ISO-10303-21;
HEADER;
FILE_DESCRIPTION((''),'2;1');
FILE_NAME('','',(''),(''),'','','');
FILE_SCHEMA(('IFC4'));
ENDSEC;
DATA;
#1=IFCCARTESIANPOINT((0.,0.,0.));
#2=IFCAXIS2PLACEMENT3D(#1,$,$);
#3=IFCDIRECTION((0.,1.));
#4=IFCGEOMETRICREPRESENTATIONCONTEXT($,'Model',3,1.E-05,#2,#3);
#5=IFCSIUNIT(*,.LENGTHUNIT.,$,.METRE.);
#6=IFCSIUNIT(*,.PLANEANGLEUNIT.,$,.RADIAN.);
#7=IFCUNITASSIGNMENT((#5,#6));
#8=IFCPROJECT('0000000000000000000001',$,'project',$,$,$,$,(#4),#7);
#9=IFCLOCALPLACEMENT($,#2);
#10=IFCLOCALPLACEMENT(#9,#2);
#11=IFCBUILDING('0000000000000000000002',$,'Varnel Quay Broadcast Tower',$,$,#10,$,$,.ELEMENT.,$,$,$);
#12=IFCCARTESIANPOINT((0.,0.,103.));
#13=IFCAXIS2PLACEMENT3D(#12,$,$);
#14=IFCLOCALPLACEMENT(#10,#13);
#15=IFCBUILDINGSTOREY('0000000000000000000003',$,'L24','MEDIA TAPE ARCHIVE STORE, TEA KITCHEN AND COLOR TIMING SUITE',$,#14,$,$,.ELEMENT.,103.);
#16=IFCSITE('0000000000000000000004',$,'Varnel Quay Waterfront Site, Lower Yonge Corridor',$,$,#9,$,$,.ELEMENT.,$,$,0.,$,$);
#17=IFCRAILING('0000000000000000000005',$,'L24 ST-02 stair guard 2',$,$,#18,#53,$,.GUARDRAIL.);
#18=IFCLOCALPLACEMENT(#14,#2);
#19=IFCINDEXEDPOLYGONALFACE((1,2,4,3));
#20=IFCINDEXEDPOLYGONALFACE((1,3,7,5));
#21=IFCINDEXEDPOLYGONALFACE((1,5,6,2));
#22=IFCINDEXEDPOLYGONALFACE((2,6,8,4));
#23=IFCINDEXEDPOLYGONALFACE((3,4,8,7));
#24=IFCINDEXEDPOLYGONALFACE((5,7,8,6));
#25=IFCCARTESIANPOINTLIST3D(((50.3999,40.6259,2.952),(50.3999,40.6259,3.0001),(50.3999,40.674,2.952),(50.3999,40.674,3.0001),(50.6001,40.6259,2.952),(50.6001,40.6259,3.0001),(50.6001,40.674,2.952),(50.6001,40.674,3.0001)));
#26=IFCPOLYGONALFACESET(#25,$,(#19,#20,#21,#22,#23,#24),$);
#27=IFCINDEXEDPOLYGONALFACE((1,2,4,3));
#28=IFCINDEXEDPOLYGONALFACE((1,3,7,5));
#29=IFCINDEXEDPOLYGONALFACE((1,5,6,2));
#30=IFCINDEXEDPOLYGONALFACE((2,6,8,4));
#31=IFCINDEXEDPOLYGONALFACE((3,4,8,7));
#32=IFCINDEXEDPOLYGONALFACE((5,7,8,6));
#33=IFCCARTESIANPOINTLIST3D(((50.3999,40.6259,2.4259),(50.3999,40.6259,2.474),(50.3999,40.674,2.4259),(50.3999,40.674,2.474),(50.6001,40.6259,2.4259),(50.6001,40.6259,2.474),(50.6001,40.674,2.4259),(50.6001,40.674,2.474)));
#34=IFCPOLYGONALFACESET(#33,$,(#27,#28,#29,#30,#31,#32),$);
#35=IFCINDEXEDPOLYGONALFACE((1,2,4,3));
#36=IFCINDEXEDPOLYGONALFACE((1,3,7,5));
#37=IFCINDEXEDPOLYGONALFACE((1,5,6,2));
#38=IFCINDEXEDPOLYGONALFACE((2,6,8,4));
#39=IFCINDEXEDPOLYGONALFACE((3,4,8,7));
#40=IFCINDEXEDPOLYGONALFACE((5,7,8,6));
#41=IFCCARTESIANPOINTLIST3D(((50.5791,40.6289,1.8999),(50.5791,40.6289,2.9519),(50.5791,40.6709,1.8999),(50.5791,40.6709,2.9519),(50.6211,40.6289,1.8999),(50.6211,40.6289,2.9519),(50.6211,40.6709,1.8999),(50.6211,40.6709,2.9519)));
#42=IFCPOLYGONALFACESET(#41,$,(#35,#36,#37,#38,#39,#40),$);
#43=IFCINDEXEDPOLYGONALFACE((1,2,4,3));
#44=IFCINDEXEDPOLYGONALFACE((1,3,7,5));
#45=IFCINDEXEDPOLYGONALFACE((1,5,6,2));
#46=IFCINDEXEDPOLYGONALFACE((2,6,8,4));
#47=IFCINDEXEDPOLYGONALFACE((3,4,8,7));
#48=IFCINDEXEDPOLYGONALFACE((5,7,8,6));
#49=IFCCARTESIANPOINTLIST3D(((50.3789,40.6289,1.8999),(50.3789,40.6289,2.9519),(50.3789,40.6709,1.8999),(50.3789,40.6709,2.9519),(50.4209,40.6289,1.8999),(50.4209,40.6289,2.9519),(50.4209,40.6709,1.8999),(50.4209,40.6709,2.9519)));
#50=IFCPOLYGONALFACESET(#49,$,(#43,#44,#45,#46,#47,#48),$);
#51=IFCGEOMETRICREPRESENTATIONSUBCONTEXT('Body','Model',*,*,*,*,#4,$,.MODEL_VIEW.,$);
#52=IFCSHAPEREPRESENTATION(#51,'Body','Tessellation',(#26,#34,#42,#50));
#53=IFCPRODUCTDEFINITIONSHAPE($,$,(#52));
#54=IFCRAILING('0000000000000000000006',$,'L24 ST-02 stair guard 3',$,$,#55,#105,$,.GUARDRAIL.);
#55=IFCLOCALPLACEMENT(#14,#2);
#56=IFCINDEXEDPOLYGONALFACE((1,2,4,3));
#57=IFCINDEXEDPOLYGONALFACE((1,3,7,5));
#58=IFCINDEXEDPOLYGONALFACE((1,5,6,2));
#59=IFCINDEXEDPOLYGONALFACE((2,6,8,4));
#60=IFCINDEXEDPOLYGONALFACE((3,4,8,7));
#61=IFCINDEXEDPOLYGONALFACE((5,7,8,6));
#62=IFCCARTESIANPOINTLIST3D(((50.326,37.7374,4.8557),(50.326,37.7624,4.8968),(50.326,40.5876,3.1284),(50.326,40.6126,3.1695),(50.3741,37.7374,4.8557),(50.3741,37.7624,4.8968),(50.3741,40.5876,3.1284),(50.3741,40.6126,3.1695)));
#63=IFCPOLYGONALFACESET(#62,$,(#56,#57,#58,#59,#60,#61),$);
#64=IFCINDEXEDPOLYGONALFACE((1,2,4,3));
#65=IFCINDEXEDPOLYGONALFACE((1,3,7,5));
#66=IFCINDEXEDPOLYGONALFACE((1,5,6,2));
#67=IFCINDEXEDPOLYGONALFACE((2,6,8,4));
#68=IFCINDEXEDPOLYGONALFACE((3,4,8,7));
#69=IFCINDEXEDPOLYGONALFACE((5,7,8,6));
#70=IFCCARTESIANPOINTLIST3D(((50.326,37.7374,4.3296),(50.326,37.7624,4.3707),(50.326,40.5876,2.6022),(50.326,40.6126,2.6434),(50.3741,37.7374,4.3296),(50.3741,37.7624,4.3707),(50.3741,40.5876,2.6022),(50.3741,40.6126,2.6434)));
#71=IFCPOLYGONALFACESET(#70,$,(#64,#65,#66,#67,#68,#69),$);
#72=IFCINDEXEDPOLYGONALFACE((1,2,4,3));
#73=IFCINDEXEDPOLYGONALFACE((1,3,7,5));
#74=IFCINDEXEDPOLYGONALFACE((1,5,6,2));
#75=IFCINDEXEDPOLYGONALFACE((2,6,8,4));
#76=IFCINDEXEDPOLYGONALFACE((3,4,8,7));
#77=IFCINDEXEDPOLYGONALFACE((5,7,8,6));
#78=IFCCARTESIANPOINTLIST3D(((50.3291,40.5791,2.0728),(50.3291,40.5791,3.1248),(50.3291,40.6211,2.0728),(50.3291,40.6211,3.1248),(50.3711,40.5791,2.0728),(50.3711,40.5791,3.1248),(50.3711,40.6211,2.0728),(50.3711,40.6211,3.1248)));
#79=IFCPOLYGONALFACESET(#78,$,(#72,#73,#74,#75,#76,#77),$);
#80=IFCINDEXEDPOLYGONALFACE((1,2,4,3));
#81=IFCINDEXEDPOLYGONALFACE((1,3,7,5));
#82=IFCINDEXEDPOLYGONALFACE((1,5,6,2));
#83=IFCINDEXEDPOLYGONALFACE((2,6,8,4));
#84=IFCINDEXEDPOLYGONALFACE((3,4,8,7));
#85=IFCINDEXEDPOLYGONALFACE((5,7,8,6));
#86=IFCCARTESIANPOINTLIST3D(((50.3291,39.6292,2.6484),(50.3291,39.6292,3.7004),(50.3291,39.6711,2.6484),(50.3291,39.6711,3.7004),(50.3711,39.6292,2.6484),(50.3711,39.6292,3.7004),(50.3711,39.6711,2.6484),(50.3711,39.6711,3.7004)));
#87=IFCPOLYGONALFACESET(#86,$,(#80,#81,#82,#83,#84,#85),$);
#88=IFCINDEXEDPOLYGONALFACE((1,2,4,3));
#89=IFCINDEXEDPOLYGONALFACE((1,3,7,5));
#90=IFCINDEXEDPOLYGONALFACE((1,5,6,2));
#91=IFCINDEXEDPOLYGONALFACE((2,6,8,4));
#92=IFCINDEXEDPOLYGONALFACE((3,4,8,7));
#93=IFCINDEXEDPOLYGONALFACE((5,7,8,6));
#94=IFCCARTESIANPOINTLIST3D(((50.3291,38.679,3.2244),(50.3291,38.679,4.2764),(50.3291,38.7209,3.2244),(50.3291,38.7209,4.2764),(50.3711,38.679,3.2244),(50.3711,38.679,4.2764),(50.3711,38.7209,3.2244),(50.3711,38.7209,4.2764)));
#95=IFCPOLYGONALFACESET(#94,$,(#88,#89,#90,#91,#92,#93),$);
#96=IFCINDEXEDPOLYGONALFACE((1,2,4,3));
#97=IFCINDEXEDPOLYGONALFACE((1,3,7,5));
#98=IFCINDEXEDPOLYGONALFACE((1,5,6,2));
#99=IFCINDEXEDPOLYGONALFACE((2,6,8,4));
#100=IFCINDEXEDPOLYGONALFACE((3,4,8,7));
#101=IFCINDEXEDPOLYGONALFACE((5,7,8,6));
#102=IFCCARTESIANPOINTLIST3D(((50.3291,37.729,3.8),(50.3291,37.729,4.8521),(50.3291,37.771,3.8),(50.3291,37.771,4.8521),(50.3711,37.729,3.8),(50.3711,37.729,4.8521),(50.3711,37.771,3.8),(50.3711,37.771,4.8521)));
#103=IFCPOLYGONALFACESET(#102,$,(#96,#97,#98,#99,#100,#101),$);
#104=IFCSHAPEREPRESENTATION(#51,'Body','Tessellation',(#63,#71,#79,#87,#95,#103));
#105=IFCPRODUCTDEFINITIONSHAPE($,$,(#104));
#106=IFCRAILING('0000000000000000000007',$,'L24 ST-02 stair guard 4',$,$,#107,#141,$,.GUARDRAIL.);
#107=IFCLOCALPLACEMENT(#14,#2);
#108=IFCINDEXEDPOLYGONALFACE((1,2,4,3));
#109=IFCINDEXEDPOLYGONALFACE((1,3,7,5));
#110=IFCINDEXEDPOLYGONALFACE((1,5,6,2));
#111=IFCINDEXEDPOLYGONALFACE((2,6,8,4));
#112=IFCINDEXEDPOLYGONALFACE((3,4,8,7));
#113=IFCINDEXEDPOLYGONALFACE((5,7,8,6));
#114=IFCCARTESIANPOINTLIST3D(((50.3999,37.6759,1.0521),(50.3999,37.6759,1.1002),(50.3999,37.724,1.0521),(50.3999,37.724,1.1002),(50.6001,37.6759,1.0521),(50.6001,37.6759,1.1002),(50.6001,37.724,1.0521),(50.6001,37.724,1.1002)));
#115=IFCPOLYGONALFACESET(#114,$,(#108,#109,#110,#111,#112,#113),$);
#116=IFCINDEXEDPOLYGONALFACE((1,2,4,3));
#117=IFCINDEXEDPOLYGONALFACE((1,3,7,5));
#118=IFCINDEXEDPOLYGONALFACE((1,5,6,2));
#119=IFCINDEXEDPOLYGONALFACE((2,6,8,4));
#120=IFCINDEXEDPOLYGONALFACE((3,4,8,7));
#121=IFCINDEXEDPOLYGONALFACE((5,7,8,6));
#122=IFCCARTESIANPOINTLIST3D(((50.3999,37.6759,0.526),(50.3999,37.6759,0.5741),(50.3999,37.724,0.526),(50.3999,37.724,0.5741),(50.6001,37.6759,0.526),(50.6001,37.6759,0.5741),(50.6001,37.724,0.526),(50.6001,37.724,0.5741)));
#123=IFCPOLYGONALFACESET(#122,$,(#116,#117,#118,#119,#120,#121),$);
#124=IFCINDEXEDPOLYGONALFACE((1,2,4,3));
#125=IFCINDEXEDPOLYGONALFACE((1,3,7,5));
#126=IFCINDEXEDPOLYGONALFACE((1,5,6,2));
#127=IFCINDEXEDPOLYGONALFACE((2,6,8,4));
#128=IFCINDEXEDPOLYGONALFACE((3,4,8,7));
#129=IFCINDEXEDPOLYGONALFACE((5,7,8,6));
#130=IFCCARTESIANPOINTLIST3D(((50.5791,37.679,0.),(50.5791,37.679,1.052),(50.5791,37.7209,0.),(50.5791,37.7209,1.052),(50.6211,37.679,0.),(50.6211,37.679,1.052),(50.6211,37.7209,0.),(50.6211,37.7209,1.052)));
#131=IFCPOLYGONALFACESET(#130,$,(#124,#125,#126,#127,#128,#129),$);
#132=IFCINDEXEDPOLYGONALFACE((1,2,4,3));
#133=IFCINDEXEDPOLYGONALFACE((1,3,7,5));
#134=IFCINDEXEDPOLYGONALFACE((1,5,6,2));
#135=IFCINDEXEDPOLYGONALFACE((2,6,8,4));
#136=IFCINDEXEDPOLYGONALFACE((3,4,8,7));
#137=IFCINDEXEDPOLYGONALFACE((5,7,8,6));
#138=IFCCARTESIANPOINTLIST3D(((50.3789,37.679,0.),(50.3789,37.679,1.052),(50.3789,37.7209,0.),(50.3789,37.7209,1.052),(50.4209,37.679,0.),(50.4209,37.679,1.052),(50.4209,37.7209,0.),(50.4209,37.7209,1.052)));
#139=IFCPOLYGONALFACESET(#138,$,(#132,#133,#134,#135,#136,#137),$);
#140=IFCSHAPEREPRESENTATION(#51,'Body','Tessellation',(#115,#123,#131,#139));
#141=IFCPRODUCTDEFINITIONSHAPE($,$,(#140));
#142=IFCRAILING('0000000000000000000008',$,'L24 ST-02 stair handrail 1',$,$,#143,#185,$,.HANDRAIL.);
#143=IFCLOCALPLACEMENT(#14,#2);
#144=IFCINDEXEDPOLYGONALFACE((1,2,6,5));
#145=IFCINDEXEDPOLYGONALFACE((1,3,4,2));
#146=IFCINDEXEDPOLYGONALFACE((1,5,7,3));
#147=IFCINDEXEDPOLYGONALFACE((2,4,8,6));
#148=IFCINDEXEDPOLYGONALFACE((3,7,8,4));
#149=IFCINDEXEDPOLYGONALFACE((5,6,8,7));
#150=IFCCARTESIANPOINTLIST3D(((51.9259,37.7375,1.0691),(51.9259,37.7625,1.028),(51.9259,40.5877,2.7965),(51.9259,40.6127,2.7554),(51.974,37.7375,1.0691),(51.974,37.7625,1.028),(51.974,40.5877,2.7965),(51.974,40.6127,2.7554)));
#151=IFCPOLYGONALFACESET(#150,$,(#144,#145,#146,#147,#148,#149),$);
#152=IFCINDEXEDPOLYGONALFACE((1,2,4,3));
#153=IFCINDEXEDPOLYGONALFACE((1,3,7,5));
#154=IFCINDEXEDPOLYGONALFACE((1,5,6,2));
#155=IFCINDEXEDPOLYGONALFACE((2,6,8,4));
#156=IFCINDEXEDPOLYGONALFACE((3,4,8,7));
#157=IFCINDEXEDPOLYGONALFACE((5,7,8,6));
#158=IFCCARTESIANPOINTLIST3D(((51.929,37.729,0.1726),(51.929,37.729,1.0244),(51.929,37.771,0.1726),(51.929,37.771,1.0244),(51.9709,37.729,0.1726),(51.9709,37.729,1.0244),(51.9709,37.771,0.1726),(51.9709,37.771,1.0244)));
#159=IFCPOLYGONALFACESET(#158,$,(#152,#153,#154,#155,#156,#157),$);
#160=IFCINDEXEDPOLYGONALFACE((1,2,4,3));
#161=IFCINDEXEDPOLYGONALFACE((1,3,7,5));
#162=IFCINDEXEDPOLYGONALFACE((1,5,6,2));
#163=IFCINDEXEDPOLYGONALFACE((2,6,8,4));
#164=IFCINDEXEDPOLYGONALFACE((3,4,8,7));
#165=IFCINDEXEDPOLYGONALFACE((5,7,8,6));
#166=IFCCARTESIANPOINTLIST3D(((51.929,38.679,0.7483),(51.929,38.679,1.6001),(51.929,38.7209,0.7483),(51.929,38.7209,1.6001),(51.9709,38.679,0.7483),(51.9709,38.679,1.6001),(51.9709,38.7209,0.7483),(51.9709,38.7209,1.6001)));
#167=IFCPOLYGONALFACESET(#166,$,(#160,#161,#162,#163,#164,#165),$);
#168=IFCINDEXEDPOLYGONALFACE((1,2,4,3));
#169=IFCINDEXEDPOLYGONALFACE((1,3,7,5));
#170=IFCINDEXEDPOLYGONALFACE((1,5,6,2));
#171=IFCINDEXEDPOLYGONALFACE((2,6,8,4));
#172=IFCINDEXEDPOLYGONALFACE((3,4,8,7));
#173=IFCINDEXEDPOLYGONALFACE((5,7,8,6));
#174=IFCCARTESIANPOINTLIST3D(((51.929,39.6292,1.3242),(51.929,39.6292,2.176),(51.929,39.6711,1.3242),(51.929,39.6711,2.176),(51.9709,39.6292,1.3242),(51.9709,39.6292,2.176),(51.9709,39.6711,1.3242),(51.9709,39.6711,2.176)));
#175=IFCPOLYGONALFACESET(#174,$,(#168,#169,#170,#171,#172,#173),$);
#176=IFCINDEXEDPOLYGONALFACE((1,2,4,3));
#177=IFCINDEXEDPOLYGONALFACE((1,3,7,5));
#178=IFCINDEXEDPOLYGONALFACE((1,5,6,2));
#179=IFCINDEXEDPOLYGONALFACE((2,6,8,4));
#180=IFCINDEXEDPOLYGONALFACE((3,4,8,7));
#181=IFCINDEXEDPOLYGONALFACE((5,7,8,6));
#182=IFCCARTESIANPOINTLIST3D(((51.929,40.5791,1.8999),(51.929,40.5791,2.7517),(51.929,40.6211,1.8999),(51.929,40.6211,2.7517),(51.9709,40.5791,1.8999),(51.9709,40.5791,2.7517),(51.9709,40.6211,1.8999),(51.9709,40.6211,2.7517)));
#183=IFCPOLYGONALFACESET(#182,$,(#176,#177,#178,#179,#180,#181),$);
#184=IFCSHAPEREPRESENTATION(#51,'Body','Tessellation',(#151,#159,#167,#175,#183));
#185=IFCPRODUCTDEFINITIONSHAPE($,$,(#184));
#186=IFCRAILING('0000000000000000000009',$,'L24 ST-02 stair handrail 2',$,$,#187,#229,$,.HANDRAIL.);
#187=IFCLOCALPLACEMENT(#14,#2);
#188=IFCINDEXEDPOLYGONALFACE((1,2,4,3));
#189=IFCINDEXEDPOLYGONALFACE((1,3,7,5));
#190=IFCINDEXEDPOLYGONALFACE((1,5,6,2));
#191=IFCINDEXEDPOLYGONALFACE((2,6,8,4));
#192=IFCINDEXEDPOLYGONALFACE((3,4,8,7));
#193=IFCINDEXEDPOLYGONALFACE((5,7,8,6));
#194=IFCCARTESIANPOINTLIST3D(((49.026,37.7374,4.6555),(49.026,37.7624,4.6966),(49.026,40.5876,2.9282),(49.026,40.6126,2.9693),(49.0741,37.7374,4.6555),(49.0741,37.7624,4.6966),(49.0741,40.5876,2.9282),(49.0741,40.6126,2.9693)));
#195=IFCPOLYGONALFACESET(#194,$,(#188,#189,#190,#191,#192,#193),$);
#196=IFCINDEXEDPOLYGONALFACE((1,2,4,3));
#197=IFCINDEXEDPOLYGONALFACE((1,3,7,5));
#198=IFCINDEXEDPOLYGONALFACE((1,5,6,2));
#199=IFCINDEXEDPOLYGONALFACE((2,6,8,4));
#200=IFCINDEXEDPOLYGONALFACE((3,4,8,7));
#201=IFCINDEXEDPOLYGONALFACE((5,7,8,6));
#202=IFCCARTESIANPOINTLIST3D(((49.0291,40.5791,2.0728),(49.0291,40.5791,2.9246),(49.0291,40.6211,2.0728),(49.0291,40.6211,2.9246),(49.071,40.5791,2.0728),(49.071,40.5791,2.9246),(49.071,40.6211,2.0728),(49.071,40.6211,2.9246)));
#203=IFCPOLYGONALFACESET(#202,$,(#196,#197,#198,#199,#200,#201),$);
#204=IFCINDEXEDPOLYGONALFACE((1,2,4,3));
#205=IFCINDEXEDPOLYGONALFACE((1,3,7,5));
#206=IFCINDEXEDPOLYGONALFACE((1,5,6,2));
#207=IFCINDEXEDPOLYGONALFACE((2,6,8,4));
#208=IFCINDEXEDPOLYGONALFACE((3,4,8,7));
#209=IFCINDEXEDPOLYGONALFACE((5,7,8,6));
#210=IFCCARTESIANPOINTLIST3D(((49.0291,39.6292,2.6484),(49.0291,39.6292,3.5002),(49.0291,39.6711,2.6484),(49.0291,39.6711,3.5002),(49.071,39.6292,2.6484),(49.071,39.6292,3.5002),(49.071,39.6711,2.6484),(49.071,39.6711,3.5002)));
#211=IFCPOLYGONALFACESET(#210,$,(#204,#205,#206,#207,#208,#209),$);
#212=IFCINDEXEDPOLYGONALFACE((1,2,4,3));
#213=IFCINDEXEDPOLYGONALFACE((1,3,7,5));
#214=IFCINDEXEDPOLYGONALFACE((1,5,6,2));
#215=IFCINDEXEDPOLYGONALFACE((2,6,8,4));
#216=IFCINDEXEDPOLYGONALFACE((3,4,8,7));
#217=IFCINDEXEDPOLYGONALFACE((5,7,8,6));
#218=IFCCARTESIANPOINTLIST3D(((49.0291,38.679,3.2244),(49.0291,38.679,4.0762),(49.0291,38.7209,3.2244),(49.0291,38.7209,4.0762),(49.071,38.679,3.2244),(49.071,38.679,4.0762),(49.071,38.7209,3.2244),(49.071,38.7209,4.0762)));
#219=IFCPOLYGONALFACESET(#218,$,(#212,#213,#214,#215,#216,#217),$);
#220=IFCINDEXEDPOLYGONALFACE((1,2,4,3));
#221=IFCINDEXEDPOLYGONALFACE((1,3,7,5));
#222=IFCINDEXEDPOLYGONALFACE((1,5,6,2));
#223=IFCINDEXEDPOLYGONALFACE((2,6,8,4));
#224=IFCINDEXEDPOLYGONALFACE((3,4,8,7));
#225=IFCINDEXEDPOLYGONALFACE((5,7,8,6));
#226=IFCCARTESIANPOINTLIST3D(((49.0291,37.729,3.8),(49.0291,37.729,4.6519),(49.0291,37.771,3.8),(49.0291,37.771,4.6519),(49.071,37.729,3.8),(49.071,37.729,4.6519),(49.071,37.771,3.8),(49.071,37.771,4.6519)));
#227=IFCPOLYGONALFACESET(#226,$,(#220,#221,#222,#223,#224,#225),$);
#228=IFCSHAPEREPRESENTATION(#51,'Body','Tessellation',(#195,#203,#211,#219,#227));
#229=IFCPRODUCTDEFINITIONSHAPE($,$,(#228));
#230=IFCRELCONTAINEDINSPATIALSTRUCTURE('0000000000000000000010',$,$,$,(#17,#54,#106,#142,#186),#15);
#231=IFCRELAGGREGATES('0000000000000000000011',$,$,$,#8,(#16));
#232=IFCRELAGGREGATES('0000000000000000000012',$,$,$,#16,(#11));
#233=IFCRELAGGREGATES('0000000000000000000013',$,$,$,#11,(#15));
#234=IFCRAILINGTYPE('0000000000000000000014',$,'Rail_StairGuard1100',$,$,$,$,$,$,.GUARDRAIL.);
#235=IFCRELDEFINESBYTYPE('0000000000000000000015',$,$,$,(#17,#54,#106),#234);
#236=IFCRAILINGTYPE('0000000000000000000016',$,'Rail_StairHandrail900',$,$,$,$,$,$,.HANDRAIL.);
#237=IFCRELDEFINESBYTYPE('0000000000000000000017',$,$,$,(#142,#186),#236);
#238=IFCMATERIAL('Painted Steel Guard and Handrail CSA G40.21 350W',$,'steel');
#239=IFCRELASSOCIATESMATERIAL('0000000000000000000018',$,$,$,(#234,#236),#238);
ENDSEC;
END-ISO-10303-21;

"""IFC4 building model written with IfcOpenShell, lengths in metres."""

from ifc_helpers import new_model, si_unit, direction, frame, origin, origin_2d, place, context, subcontext, project, spatial, rectangle, extrude, material, type_object, element, save


model = new_model("IFC4")

# Units and contexts
model_context = context("Model", 3, precision=1e-05, world=origin(), true_north=direction((0.0, 1.0)))
body_context = subcontext(model_context, "Body", "Model", "MODEL_VIEW")
ifc_project = project(units=[si_unit("LENGTHUNIT", "METRE"), si_unit("PLANEANGLEUNIT", "RADIAN")], contexts=[model_context])

# Site, building, storey
site_placement = place(None, origin())
site = spatial("IfcSite", under=ifc_project, at=site_placement, Name="Varnel Quay Waterfront Site, Lower Yonge Corridor", CompositionType="ELEMENT", RefElevation=0.0)
building_placement = place(site_placement, origin())
building = spatial("IfcBuilding", under=site, at=building_placement, Name="Varnel Quay Broadcast Tower", CompositionType="ELEMENT")
storey_placement = place(building_placement, frame((0.0, 0.0, 103.0)))
storey = spatial("IfcBuildingStorey", under=building, at=storey_placement, Name="L24", Description="MEDIA TAPE ARCHIVE STORE, TEA KITCHEN AND COLOR TIMING SUITE", CompositionType="ELEMENT", Elevation=103.0)

# Railings
ifc_material_1 = material(Name="Painted Steel Guard and Handrail CSA G40.21 350W", Category="steel")
railing_type_1 = type_object("IfcRailingType", Name="Rail_StairGuard1100", PredefinedType="GUARDRAIL", material=ifc_material_1)
railing_1_placement = place(storey_placement, frame((50.6001, 40.6499, 1.8999)))
element("IfcRailing", 1, at=railing_1_placement, inside=storey, type_object=railing_type_1, Name="L24 ST-02 stair guard 2", PredefinedType="GUARDRAIL", context=body_context, shape_type="SweptSolid", body=[
    extrude(rectangle(XDim=0.0481, YDim=0.0481, at=origin_2d()), frame((0.0, 0.0, 1.0762), z_axis=(-1.0, 0.0, 0.0), x_axis=(0.0, -1.0, 0.0)), (0.0, 0.0, 1.0), 0.2002),
    extrude(rectangle(XDim=0.0481, YDim=0.0481, at=origin_2d()), frame((0.0, 0.0, 0.55), z_axis=(-1.0, 0.0, 0.0), x_axis=(0.0, -1.0, 0.0)), (0.0, 0.0, 1.0), 0.2002),
    extrude(rectangle(XDim=0.042, YDim=0.042, at=origin_2d()), origin(), (0.0, 0.0, 1.0), 1.052),
    extrude(rectangle(XDim=0.042, YDim=0.042, at=origin_2d()), frame((-0.2002, 0.0, 0.0)), (0.0, 0.0, 1.0), 1.052),
])
railing_2_placement = place(storey_placement, frame((50.3501, 40.6001, 2.0728)))
element("IfcRailing", 2, at=railing_2_placement, inside=storey, type_object=railing_type_1, Name="L24 ST-02 stair guard 3", PredefinedType="GUARDRAIL", context=body_context, shape_type="SweptSolid", body=[
    extrude(rectangle(XDim=0.0481, YDim=0.0481, at=origin_2d()), frame((0.0, 0.0, 1.0762), z_axis=(0.0, -0.855203, 0.518294), x_axis=(1.0, 0.0, 0.0)), (0.0, 0.0, 1.0), 3.3328),
    extrude(rectangle(XDim=0.0481, YDim=0.0481, at=origin_2d()), frame((0.0, 0.0, 0.55), z_axis=(0.0, -0.855203, 0.518294), x_axis=(1.0, 0.0, 0.0)), (0.0, 0.0, 1.0), 3.3328),
    extrude(rectangle(XDim=0.042, YDim=0.042, at=origin_2d()), origin(), (0.0, 0.0, 1.0), 1.052),
    extrude(rectangle(XDim=0.042, YDim=0.042, at=origin_2d()), frame((0.0, -0.95, 0.5757)), (0.0, 0.0, 1.0), 1.052),
    extrude(rectangle(XDim=0.042, YDim=0.042, at=origin_2d()), frame((0.0, -1.9001, 1.1516)), (0.0, 0.0, 1.0), 1.052),
    extrude(rectangle(XDim=0.042, YDim=0.042, at=origin_2d()), frame((0.0, -2.8501, 1.7273)), (0.0, 0.0, 1.0), 1.052),
])
railing_3_placement = place(storey_placement, frame((50.6001, 37.7, 0.0)))
element("IfcRailing", 3, at=railing_3_placement, inside=storey, type_object=railing_type_1, Name="L24 ST-02 stair guard 4", PredefinedType="GUARDRAIL", context=body_context, shape_type="SweptSolid", body=[
    extrude(rectangle(XDim=0.0481, YDim=0.0481, at=origin_2d()), frame((0.0, 0.0, 1.0762), z_axis=(-1.0, 0.0, 0.0), x_axis=(0.0, -1.0, 0.0)), (0.0, 0.0, 1.0), 0.2002),
    extrude(rectangle(XDim=0.0481, YDim=0.0481, at=origin_2d()), frame((0.0, 0.0, 0.55), z_axis=(-1.0, 0.0, 0.0), x_axis=(0.0, -1.0, 0.0)), (0.0, 0.0, 1.0), 0.2002),
    extrude(rectangle(XDim=0.042, YDim=0.042, at=origin_2d()), origin(), (0.0, 0.0, 1.0), 1.052),
    extrude(rectangle(XDim=0.042, YDim=0.042, at=origin_2d()), frame((-0.2002, 0.0, 0.0)), (0.0, 0.0, 1.0), 1.052),
])
railing_type_2 = type_object("IfcRailingType", Name="Rail_StairHandrail900", PredefinedType="HANDRAIL", material=ifc_material_1)
railing_4_placement = place(storey_placement, frame((51.95, 37.75, 0.1726)))
element("IfcRailing", 4, at=railing_4_placement, inside=storey, type_object=railing_type_2, Name="L24 ST-02 stair handrail 1", PredefinedType="HANDRAIL", context=body_context, shape_type="SweptSolid", body=[
    extrude(rectangle(XDim=0.0481, YDim=0.0481, at=origin_2d()), frame((0.0, 0.0, 0.876), z_axis=(0.0, 0.855203, 0.518294), x_axis=(-1.0, 0.0, 0.0)), (0.0, 0.0, 1.0), 3.3328),
    extrude(rectangle(XDim=0.042, YDim=0.042, at=origin_2d()), origin(), (0.0, 0.0, 1.0), 0.8518),
    extrude(rectangle(XDim=0.042, YDim=0.042, at=origin_2d()), frame((0.0, 0.95, 0.5757)), (0.0, 0.0, 1.0), 0.8518),
    extrude(rectangle(XDim=0.042, YDim=0.042, at=origin_2d()), frame((0.0, 1.9001, 1.1516)), (0.0, 0.0, 1.0), 0.8518),
    extrude(rectangle(XDim=0.042, YDim=0.042, at=origin_2d()), frame((0.0, 2.8501, 1.7273)), (0.0, 0.0, 1.0), 0.8518),
])
railing_5_placement = place(storey_placement, frame((49.05, 40.6001, 2.0728)))
element("IfcRailing", 5, at=railing_5_placement, inside=storey, type_object=railing_type_2, Name="L24 ST-02 stair handrail 2", PredefinedType="HANDRAIL", context=body_context, shape_type="SweptSolid", body=[
    extrude(rectangle(XDim=0.0481, YDim=0.0481, at=origin_2d()), frame((0.0, 0.0, 0.876), z_axis=(0.0, -0.855203, 0.518294), x_axis=(1.0, 0.0, 0.0)), (0.0, 0.0, 1.0), 3.3328),
    extrude(rectangle(XDim=0.042, YDim=0.042, at=origin_2d()), origin(), (0.0, 0.0, 1.0), 0.8518),
    extrude(rectangle(XDim=0.042, YDim=0.042, at=origin_2d()), frame((0.0, -0.95, 0.5757)), (0.0, 0.0, 1.0), 0.8518),
    extrude(rectangle(XDim=0.042, YDim=0.042, at=origin_2d()), frame((0.0, -1.9001, 1.1516)), (0.0, 0.0, 1.0), 0.8518),
    extrude(rectangle(XDim=0.042, YDim=0.042, at=origin_2d()), frame((0.0, -2.8501, 1.7273)), (0.0, 0.0, 1.0), 0.8518),
])

save(model, "model.ifc")
